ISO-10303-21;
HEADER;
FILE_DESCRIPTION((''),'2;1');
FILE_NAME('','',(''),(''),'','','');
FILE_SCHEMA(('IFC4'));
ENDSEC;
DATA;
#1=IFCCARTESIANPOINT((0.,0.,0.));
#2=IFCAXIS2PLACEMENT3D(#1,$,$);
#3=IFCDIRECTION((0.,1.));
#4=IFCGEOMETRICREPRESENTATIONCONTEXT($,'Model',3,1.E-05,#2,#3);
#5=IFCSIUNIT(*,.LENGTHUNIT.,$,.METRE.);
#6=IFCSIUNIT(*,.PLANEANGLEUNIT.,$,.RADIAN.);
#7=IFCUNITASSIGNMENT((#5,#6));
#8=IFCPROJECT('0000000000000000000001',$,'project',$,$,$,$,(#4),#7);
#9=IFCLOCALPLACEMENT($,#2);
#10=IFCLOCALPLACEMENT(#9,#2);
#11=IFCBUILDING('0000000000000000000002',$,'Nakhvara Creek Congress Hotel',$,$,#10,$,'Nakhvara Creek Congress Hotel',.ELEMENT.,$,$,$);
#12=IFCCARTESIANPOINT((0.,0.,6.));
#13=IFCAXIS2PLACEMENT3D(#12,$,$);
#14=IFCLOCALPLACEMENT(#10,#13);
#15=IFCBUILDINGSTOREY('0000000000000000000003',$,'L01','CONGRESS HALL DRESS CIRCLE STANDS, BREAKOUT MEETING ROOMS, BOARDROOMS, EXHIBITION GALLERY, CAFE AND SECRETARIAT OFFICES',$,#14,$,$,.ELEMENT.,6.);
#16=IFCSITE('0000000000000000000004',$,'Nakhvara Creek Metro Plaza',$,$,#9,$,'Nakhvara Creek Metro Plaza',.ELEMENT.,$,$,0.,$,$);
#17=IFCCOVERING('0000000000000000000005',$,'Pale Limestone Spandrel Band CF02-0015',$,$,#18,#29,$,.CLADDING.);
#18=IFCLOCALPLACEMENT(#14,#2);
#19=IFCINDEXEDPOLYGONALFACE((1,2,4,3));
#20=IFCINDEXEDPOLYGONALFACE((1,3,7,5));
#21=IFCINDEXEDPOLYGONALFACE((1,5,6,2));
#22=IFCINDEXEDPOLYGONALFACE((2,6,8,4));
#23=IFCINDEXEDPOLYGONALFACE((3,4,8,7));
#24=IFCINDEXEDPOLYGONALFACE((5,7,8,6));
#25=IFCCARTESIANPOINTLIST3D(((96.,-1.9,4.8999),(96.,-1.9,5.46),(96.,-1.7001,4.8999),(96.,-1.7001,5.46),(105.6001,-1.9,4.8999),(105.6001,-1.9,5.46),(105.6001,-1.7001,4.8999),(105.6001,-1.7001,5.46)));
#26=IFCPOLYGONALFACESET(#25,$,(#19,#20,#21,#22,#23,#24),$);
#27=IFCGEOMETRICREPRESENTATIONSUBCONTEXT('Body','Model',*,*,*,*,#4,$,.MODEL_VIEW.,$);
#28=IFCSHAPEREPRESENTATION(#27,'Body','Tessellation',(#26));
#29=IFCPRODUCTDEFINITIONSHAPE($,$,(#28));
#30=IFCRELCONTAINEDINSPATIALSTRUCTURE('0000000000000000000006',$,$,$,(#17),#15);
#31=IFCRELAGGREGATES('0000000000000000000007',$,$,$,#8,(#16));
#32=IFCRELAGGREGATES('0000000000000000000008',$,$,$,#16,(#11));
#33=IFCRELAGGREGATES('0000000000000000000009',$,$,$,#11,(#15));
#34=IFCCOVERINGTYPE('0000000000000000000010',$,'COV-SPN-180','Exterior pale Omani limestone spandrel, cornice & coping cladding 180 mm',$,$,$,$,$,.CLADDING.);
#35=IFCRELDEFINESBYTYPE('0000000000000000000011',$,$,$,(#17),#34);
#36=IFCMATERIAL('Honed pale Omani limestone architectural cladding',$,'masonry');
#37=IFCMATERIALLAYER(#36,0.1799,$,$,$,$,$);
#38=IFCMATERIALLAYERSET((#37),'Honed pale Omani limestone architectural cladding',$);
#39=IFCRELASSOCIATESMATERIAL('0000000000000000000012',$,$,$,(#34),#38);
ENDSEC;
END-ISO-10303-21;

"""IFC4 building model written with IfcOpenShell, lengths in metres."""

from ifc_helpers import new_model, si_unit, direction, frame, origin, origin_2d, place, context, subcontext, project, spatial, rectangle, extrude, material, layer, layer_set, type_object, element, save


model = new_model("IFC4")

# Units and contexts
model_context = context("Model", 3, precision=1e-05, world=origin(), true_north=direction((0.0, 1.0)))
body_context = subcontext(model_context, "Body", "Model", "MODEL_VIEW")
ifc_project = project(units=[si_unit("LENGTHUNIT", "METRE"), si_unit("PLANEANGLEUNIT", "RADIAN")], contexts=[model_context])

# Site, building, storey
site_placement = place(None, origin())
site = spatial("IfcSite", under=ifc_project, at=site_placement, Name="Nakhvara Creek Metro Plaza", LongName="Nakhvara Creek Metro Plaza", CompositionType="ELEMENT", RefElevation=0.0)
building_placement = place(site_placement, origin())
building = spatial("IfcBuilding", under=site, at=building_placement, Name="Nakhvara Creek Congress Hotel", LongName="Nakhvara Creek Congress Hotel", CompositionType="ELEMENT")
storey_placement = place(building_placement, frame((0.0, 0.0, 6.0)))
storey = spatial("IfcBuildingStorey", under=building, at=storey_placement, Name="L01", Description="CONGRESS HALL DRESS CIRCLE STANDS, BREAKOUT MEETING ROOMS, BOARDROOMS, EXHIBITION GALLERY, CAFE AND SECRETARIAT OFFICES", CompositionType="ELEMENT", Elevation=6.0)

# Covering
ifc_material_1 = material(Name="Honed pale Omani limestone architectural cladding", Category="masonry")
ifc_layer_1 = layer(ifc_material_1, 0.1799)
ifc_layer_set_1 = layer_set([ifc_layer_1], Name="Honed pale Omani limestone architectural cladding")
covering_type = type_object("IfcCoveringType", Name="COV-SPN-180", Description="Exterior pale Omani limestone spandrel, cornice & coping cladding 180 mm", PredefinedType="CLADDING", material=ifc_layer_set_1)
covering_1_placement = place(storey_placement, frame((100.8, -1.8, 4.8999), z_axis=(0.0, 0.0, 1.0), x_axis=(1.0, 0.0, 0.0)))
element("IfcCovering", 1, at=covering_1_placement, inside=storey, type_object=covering_type, Name="Pale Limestone Spandrel Band CF02-0015", PredefinedType="CLADDING", context=body_context, shape_type="SweptSolid", body=[
    extrude(rectangle(XDim=9.6001, YDim=0.2, at=origin_2d()), origin(), (0.0, 0.0, 1.0), 0.5601),
])

save(model, "model.ifc")
